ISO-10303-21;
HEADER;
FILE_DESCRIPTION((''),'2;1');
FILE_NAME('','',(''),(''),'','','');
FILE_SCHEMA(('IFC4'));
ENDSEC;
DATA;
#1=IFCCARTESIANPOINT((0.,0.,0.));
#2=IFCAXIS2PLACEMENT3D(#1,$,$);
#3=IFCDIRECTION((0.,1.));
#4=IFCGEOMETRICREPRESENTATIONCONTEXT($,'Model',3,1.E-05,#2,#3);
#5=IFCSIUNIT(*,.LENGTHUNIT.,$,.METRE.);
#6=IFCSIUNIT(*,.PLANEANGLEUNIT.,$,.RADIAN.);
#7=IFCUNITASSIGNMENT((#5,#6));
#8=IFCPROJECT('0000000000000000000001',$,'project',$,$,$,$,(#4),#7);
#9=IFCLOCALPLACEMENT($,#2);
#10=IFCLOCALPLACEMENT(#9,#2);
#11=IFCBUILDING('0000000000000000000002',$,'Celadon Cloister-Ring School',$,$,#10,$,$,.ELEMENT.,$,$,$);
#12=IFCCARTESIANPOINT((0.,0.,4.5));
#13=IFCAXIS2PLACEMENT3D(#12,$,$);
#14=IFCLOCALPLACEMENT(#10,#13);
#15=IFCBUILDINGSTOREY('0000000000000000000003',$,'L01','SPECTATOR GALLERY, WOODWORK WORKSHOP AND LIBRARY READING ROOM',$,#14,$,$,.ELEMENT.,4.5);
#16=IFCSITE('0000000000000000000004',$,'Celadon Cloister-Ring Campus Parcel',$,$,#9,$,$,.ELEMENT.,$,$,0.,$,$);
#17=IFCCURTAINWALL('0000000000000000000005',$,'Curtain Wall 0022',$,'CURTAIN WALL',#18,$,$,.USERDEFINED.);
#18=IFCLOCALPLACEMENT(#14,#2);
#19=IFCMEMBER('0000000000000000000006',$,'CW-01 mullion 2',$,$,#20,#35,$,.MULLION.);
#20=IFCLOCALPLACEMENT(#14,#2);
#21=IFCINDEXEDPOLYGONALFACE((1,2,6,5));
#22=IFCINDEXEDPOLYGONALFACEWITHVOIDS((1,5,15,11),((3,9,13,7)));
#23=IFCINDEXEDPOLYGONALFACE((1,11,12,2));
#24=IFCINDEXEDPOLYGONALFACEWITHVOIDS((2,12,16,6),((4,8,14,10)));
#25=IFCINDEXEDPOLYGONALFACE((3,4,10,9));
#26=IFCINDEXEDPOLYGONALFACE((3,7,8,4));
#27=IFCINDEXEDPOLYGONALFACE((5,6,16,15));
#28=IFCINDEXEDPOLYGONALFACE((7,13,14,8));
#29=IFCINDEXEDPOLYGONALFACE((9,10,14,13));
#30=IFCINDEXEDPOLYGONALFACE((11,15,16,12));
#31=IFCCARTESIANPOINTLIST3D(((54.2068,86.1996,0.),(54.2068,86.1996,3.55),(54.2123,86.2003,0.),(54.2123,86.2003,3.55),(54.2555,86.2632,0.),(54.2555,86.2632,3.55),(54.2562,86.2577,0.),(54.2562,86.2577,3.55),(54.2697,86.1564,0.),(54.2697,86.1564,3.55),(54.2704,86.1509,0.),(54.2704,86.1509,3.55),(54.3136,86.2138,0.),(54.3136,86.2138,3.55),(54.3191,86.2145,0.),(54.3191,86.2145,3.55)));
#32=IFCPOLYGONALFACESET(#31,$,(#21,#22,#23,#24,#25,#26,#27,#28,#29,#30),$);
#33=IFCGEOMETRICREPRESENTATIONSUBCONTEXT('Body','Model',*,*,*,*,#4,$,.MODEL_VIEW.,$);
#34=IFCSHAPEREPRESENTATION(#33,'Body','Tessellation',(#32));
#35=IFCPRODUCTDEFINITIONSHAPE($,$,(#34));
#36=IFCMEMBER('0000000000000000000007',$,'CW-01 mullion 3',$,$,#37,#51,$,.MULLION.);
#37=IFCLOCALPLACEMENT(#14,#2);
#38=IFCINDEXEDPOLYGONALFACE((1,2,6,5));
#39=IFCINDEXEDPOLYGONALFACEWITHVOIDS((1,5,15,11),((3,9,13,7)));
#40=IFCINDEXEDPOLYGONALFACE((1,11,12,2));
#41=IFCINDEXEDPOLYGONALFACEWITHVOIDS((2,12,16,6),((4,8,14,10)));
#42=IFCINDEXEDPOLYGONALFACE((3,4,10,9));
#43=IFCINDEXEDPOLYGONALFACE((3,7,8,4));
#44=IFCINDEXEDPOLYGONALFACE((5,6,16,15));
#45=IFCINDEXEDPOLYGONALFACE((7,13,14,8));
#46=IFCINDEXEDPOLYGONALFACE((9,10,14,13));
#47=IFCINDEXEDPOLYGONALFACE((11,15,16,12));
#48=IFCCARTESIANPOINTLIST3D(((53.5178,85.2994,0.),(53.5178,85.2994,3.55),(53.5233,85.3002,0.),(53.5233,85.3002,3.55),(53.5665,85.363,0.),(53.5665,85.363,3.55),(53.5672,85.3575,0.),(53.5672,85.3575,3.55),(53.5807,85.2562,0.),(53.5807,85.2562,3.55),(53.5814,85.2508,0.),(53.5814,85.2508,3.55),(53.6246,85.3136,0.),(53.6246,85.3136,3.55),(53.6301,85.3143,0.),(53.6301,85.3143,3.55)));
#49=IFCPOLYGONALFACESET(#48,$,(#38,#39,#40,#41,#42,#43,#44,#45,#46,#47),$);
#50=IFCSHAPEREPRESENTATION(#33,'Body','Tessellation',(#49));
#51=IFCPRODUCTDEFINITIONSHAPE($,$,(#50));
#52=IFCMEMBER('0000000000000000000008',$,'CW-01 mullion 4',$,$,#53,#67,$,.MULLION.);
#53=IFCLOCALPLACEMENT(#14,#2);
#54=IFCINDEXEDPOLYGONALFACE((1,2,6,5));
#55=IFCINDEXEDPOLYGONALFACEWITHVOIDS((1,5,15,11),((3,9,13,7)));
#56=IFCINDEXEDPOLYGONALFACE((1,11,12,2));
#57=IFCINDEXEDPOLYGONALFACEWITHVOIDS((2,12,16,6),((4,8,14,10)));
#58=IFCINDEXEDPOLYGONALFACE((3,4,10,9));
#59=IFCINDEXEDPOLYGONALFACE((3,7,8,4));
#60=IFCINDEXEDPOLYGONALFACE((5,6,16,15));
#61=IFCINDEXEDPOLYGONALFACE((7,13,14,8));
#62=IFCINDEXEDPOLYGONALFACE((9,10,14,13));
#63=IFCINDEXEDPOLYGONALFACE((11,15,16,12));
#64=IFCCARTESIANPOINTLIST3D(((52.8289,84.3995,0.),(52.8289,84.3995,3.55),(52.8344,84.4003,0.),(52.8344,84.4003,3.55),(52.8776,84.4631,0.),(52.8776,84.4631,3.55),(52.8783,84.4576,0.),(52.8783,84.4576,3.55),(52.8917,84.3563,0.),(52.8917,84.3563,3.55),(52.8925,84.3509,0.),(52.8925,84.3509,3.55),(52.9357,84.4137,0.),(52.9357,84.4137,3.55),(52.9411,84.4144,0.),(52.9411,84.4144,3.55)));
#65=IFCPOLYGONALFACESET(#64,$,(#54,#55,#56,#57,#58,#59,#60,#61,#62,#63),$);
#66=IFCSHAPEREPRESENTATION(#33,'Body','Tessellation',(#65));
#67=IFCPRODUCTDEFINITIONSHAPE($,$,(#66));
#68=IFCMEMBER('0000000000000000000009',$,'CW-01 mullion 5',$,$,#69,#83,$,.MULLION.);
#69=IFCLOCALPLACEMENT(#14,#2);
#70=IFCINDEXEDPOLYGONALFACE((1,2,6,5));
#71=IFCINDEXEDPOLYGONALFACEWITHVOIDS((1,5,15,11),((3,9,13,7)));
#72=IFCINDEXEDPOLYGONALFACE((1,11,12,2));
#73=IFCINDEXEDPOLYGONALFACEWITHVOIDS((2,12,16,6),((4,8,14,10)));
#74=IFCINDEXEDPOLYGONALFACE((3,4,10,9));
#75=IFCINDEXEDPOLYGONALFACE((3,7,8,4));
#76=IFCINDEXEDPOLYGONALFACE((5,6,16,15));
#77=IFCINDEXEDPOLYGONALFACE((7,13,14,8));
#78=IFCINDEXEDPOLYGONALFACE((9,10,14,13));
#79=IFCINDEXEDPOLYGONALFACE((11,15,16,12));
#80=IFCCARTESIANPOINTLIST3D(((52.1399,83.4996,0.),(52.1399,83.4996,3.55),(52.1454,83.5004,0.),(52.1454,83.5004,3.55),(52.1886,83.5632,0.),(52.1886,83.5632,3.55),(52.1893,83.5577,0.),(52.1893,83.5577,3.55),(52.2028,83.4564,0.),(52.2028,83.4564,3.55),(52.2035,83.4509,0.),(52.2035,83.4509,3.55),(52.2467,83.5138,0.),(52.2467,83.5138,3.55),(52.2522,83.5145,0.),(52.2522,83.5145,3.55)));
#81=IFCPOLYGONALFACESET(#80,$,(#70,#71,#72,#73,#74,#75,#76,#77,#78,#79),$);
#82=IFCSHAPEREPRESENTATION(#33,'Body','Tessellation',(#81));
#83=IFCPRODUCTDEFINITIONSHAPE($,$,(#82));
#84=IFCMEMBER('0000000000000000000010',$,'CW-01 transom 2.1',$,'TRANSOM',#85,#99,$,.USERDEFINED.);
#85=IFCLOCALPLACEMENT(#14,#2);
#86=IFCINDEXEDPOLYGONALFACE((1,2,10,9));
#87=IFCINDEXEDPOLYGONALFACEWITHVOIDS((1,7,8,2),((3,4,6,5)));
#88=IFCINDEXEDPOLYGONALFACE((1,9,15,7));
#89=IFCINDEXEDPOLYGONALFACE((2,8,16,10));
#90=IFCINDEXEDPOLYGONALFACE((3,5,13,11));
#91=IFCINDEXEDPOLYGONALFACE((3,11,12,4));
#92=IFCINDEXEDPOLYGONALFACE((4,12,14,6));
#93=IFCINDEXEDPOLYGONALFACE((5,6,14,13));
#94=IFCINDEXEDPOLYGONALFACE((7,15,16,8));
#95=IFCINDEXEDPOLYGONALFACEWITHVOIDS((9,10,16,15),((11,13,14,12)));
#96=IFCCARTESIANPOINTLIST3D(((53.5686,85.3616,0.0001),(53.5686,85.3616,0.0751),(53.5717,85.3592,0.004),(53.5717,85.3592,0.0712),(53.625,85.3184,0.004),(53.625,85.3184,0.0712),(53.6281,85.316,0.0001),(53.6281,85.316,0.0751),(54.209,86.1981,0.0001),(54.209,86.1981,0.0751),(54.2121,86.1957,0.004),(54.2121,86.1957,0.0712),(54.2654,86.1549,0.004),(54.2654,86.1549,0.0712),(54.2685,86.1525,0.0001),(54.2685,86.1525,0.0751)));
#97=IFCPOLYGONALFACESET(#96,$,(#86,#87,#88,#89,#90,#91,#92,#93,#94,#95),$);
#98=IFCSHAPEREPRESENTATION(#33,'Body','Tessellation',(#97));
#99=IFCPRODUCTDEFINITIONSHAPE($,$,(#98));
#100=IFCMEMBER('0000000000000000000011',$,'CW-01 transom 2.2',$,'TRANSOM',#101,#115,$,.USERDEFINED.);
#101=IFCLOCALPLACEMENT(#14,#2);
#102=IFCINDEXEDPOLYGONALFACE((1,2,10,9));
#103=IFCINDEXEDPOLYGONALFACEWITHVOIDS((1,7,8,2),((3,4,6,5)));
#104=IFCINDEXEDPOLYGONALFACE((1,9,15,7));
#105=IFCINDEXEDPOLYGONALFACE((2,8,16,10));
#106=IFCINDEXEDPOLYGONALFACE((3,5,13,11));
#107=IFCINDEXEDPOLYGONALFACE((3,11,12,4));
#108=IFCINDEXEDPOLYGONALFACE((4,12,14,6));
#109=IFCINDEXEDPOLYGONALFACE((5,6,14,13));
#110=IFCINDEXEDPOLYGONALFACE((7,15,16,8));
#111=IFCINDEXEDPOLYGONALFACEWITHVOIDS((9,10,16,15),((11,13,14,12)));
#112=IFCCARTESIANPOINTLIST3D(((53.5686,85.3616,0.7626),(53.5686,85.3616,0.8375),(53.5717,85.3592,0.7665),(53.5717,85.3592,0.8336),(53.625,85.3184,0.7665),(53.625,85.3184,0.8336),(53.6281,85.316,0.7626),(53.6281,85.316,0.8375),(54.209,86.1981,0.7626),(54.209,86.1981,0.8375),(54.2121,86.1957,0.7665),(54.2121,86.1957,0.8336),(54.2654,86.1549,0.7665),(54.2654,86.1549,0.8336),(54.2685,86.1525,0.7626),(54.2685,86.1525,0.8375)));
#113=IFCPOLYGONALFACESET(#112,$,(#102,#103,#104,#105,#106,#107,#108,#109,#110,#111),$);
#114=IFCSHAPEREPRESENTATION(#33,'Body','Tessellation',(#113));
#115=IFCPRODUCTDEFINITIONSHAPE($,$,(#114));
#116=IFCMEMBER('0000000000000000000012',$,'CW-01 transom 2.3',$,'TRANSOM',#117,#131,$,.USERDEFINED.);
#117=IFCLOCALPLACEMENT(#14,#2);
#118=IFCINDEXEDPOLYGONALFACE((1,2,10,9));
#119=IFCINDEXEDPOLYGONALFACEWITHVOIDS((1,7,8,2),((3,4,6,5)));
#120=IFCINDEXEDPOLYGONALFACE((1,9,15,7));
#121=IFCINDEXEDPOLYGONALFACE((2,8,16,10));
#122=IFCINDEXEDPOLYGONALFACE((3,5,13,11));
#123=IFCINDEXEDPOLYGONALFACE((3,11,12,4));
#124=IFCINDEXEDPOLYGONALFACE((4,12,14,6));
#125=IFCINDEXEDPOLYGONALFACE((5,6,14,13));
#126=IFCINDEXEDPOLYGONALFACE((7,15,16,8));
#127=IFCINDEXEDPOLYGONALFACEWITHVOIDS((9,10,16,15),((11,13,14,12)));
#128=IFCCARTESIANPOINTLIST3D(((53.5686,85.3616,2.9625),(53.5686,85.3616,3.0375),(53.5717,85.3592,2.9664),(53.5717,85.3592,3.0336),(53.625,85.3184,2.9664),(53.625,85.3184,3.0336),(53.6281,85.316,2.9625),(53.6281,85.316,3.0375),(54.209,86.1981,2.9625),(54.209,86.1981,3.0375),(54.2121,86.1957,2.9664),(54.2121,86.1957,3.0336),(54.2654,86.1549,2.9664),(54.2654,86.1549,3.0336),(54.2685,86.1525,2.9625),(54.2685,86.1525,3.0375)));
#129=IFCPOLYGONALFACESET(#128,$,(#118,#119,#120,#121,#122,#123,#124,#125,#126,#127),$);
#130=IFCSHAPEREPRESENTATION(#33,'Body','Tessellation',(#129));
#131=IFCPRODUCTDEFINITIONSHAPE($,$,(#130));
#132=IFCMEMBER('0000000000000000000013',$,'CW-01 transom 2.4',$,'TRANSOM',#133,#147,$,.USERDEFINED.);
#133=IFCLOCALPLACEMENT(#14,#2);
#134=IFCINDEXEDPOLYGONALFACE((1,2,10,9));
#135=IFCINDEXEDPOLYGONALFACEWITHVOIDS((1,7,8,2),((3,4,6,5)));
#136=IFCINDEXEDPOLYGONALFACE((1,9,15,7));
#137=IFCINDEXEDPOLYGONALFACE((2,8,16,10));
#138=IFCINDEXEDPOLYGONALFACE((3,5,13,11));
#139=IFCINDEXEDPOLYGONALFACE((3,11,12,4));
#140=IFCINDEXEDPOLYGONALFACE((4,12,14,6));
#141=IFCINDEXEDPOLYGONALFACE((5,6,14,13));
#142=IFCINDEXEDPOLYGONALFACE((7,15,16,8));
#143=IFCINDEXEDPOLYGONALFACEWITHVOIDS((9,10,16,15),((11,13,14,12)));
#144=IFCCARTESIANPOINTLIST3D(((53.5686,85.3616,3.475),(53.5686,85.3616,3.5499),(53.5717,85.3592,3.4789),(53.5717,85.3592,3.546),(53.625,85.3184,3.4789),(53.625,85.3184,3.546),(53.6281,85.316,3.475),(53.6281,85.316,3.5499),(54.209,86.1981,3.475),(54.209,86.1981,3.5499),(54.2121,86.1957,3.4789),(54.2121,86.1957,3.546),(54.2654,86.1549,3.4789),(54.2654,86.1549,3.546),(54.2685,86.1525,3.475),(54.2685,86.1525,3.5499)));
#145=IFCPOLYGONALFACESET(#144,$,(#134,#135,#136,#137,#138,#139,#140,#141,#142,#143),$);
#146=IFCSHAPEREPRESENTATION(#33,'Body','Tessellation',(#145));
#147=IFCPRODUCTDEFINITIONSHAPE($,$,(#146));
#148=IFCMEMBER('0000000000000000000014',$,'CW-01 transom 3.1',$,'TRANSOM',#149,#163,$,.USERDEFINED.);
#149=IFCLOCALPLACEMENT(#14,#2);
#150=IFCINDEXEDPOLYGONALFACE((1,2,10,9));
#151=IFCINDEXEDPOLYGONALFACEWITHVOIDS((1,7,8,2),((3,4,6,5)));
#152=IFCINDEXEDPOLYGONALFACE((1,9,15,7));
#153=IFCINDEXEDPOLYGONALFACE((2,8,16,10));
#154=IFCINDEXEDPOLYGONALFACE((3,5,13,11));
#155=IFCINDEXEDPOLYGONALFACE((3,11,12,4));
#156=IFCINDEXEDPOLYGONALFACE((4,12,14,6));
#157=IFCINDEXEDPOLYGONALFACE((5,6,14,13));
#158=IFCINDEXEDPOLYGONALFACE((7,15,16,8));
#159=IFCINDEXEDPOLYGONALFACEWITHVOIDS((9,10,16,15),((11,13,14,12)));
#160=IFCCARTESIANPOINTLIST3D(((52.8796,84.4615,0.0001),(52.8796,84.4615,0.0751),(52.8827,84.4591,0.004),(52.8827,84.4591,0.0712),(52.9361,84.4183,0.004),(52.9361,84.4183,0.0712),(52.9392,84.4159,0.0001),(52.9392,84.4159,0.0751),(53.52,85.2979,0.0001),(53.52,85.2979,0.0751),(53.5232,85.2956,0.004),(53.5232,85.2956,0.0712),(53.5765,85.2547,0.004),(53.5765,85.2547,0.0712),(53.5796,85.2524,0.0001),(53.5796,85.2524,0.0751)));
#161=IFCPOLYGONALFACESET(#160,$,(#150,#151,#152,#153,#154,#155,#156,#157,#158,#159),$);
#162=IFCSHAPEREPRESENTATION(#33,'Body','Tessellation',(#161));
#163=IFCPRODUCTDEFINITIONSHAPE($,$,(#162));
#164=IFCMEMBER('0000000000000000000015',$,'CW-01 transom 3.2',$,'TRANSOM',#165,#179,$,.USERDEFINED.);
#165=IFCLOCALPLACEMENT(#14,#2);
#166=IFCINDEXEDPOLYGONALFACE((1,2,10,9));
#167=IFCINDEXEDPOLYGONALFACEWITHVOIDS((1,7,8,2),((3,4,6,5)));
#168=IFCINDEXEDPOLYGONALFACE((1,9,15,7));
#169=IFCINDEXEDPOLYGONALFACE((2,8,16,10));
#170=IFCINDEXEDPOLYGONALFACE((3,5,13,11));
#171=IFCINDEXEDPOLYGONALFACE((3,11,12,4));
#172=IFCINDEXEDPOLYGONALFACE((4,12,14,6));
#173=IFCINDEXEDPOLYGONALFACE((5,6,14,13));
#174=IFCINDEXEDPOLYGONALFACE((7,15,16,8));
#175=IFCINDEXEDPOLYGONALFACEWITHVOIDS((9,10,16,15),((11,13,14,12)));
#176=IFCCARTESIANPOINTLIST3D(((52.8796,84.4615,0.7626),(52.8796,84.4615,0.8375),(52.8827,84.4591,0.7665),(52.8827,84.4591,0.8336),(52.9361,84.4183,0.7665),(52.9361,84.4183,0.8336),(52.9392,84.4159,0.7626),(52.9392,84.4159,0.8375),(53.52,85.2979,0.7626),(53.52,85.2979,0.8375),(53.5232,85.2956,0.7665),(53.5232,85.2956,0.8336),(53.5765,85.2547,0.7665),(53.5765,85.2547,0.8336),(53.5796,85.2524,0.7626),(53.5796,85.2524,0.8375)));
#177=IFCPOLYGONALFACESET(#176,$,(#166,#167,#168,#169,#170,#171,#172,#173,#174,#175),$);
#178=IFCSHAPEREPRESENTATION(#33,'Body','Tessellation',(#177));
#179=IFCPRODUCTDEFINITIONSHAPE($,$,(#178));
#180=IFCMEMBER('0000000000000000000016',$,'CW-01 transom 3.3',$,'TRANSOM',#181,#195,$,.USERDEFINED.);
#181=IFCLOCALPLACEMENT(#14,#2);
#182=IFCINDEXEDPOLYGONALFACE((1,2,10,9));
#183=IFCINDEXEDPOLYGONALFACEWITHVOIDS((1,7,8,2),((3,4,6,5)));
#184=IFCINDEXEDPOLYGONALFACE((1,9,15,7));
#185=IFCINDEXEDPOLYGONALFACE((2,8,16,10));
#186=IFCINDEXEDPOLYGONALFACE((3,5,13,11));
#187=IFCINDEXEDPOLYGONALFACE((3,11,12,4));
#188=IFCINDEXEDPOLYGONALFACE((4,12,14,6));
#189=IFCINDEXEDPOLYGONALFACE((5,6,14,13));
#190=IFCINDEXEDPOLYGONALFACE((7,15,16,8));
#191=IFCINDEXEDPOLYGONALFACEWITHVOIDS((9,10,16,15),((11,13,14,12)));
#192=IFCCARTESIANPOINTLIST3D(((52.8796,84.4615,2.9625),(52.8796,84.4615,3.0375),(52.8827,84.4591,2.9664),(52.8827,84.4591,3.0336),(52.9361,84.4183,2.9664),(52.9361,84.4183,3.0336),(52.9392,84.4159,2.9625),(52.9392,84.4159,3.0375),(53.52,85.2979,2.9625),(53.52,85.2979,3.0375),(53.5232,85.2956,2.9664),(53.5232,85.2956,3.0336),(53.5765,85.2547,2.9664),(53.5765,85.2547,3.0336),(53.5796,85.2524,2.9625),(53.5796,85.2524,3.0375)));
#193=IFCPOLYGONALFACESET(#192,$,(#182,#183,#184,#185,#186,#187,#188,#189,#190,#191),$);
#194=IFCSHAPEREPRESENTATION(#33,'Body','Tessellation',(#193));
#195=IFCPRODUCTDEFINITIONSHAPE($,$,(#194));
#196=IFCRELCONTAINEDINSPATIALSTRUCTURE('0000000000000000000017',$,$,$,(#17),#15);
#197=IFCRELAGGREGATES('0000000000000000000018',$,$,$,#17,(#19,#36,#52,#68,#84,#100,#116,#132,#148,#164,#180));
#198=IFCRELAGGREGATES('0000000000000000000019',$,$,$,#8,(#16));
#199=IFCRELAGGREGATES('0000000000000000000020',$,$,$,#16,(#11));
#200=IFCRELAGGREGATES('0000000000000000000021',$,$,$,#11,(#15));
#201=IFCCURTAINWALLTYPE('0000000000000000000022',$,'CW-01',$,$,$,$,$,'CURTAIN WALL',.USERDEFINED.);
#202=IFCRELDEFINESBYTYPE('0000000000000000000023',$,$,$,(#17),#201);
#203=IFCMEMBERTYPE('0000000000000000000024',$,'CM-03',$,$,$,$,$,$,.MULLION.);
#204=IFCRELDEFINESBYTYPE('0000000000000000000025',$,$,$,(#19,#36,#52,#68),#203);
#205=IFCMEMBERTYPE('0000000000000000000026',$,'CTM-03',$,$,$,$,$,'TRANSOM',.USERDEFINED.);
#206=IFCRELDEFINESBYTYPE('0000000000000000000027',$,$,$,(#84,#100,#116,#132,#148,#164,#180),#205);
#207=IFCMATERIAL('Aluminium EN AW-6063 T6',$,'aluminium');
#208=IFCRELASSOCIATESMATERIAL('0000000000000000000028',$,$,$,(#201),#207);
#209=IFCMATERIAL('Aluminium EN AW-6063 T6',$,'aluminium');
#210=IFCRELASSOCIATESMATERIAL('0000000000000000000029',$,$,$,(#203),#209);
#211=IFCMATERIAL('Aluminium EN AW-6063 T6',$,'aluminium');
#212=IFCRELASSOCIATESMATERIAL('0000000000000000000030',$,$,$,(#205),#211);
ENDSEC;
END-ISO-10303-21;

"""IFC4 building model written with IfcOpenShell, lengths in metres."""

from ifc_helpers import new_model, si_unit, direction, frame, origin, origin_2d, place, context, subcontext, project, spatial, hollow_rectangle, extrude, material, material_profile, profile_set, type_object, element, aggregate, save


model = new_model("IFC4")

# Units and contexts
model_context = context("Model", 3, precision=1e-05, world=origin(), true_north=direction((0.0, 1.0)))
body_context = subcontext(model_context, "Body", "Model", "MODEL_VIEW")
ifc_project = project(units=[si_unit("LENGTHUNIT", "METRE"), si_unit("PLANEANGLEUNIT", "RADIAN")], contexts=[model_context])

# Site, building, storey
site_placement = place(None, origin())
site = spatial("IfcSite", under=ifc_project, at=site_placement, Name="Celadon Cloister-Ring Campus Parcel", CompositionType="ELEMENT", RefElevation=0.0)
building_placement = place(site_placement, origin())
building = spatial("IfcBuilding", under=site, at=building_placement, Name="Celadon Cloister-Ring School", CompositionType="ELEMENT")
storey_placement = place(building_placement, frame((0.0, 0.0, 4.5)))
storey = spatial("IfcBuildingStorey", under=building, at=storey_placement, Name="L01", Description="SPECTATOR GALLERY, WOODWORK WORKSHOP AND LIBRARY READING ROOM", CompositionType="ELEMENT", Elevation=4.5)

# Curtain wall, members
ifc_material_1 = material(Name="Aluminium EN AW-6063 T6", Category="aluminium")
curtain_wall_type = type_object("IfcCurtainWallType", Name="CW-01", ElementType="CURTAIN WALL", PredefinedType="USERDEFINED", material=ifc_material_1)
curtain_wall_placement = place(storey_placement, origin())
curtain_wall = element("IfcCurtainWall", 1, at=curtain_wall_placement, inside=storey, type_object=curtain_wall_type, Name="Curtain Wall 0022", ObjectType="CURTAIN WALL", PredefinedType="USERDEFINED")
ifc_material_2 = material(Name="Aluminium EN AW-6063 T6", Category="aluminium")
ifc_material_profile_1 = material_profile(ifc_material_2, hollow_rectangle(XDim=0.0801, YDim=0.0801, WallThickness=0.0039, at=origin_2d()), Name="RHS80X80X4")
ifc_profile_set_1 = profile_set([ifc_material_profile_1], Name="Aluminium EN AW-6063 T6")
member_type_1 = type_object("IfcMemberType", Name="CM-03", PredefinedType="MULLION", material=ifc_profile_set_1)
member_1_placement = place(storey_placement, frame((54.2629, 86.207, 0.0), z_axis=(0.0, 0.0, 1.0), x_axis=(0.794032, -0.607876, 0.0)))
member_1 = element("IfcMember", 2, at=member_1_placement, type_object=member_type_1, Name="CW-01 mullion 2", PredefinedType="MULLION", context=body_context, shape_type="SweptSolid", body=[
    extrude(hollow_rectangle(XDim=0.0801, YDim=0.0801, WallThickness=0.0039, at=origin_2d()), origin(), (0.0, 0.0, 1.0), 3.55),
])
member_2_placement = place(storey_placement, frame((53.574, 85.3069, 0.0), z_axis=(0.0, 0.0, 1.0), x_axis=(0.794032, -0.607876, 0.0)))
member_2 = element("IfcMember", 3, at=member_2_placement, type_object=member_type_1, Name="CW-01 mullion 3", PredefinedType="MULLION", context=body_context, shape_type="SweptSolid", body=[
    extrude(hollow_rectangle(XDim=0.0801, YDim=0.0801, WallThickness=0.0039, at=origin_2d()), origin(), (0.0, 0.0, 1.0), 3.55),
])
member_3_placement = place(storey_placement, frame((52.885, 84.407, 0.0), z_axis=(0.0, 0.0, 1.0), x_axis=(0.794032, -0.607876, 0.0)))
member_3 = element("IfcMember", 4, at=member_3_placement, type_object=member_type_1, Name="CW-01 mullion 4", PredefinedType="MULLION", context=body_context, shape_type="SweptSolid", body=[
    extrude(hollow_rectangle(XDim=0.0801, YDim=0.0801, WallThickness=0.0039, at=origin_2d()), origin(), (0.0, 0.0, 1.0), 3.55),
])
member_4_placement = place(storey_placement, frame((52.196, 83.5071, 0.0), z_axis=(0.0, 0.0, 1.0), x_axis=(0.794032, -0.607876, 0.0)))
member_4 = element("IfcMember", 5, at=member_4_placement, type_object=member_type_1, Name="CW-01 mullion 5", PredefinedType="MULLION", context=body_context, shape_type="SweptSolid", body=[
    extrude(hollow_rectangle(XDim=0.0801, YDim=0.0801, WallThickness=0.0039, at=origin_2d()), origin(), (0.0, 0.0, 1.0), 3.55),
])
ifc_material_3 = material(Name="Aluminium EN AW-6063 T6", Category="aluminium")
ifc_material_profile_2 = material_profile(ifc_material_3, hollow_rectangle(XDim=0.075, YDim=0.075, WallThickness=0.0039, at=origin_2d()), Name="RHS75X75X4")
ifc_profile_set_2 = profile_set([ifc_material_profile_2], Name="Aluminium EN AW-6063 T6")
member_type_2 = type_object("IfcMemberType", Name="CTM-03", ElementType="TRANSOM", PredefinedType="USERDEFINED", material=ifc_profile_set_2)
member_5_placement = place(storey_placement, frame((54.2388, 86.1753, 0.0376), z_axis=(-0.607906, -0.794009, 0.0), x_axis=(0.794009, -0.607906, 0.0)))
member_5 = element("IfcMember", 6, at=member_5_placement, type_object=member_type_2, Name="CW-01 transom 2.1", ObjectType="TRANSOM", PredefinedType="USERDEFINED", context=body_context, shape_type="SweptSolid", body=[
    extrude(hollow_rectangle(XDim=0.075, YDim=0.075, WallThickness=0.0039, at=origin_2d()), origin(), (0.0, 0.0, 1.0), 1.0535),
])
member_6_placement = place(storey_placement, frame((54.2388, 86.1753, 0.8), z_axis=(-0.607906, -0.794009, 0.0), x_axis=(0.794009, -0.607906, 0.0)))
member_6 = element("IfcMember", 7, at=member_6_placement, type_object=member_type_2, Name="CW-01 transom 2.2", ObjectType="TRANSOM", PredefinedType="USERDEFINED", context=body_context, shape_type="SweptSolid", body=[
    extrude(hollow_rectangle(XDim=0.075, YDim=0.075, WallThickness=0.0039, at=origin_2d()), origin(), (0.0, 0.0, 1.0), 1.0535),
])
member_7_placement = place(storey_placement, frame((54.2388, 86.1753, 3.0), z_axis=(-0.607906, -0.794009, 0.0), x_axis=(0.794009, -0.607906, 0.0)))
member_7 = element("IfcMember", 8, at=member_7_placement, type_object=member_type_2, Name="CW-01 transom 2.3", ObjectType="TRANSOM", PredefinedType="USERDEFINED", context=body_context, shape_type="SweptSolid", body=[
    extrude(hollow_rectangle(XDim=0.075, YDim=0.075, WallThickness=0.0039, at=origin_2d()), origin(), (0.0, 0.0, 1.0), 1.0535),
])
member_8_placement = place(storey_placement, frame((54.2388, 86.1753, 3.5125), z_axis=(-0.607906, -0.794009, 0.0), x_axis=(0.794009, -0.607906, 0.0)))
member_8 = element("IfcMember", 9, at=member_8_placement, type_object=member_type_2, Name="CW-01 transom 2.4", ObjectType="TRANSOM", PredefinedType="USERDEFINED", context=body_context, shape_type="SweptSolid", body=[
    extrude(hollow_rectangle(XDim=0.075, YDim=0.075, WallThickness=0.0039, at=origin_2d()), origin(), (0.0, 0.0, 1.0), 1.0535),
])
member_9_placement = place(storey_placement, frame((53.5498, 85.2751, 0.0376), z_axis=(-0.607906, -0.794009, 0.0), x_axis=(0.794009, -0.607906, 0.0)))
member_9 = element("IfcMember", 10, at=member_9_placement, type_object=member_type_2, Name="CW-01 transom 3.1", ObjectType="TRANSOM", PredefinedType="USERDEFINED", context=body_context, shape_type="SweptSolid", body=[
    extrude(hollow_rectangle(XDim=0.075, YDim=0.075, WallThickness=0.0039, at=origin_2d()), origin(), (0.0, 0.0, 1.0), 1.0535),
])
member_10_placement = place(storey_placement, frame((53.5498, 85.2751, 0.8), z_axis=(-0.607906, -0.794009, 0.0), x_axis=(0.794009, -0.607906, 0.0)))
member_10 = element("IfcMember", 11, at=member_10_placement, type_object=member_type_2, Name="CW-01 transom 3.2", ObjectType="TRANSOM", PredefinedType="USERDEFINED", context=body_context, shape_type="SweptSolid", body=[
    extrude(hollow_rectangle(XDim=0.075, YDim=0.075, WallThickness=0.0039, at=origin_2d()), origin(), (0.0, 0.0, 1.0), 1.0535),
])
member_11_placement = place(storey_placement, frame((53.5498, 85.2751, 3.0), z_axis=(-0.607906, -0.794009, 0.0), x_axis=(0.794009, -0.607906, 0.0)))
member_11 = element("IfcMember", 12, at=member_11_placement, type_object=member_type_2, Name="CW-01 transom 3.3", ObjectType="TRANSOM", PredefinedType="USERDEFINED", context=body_context, shape_type="SweptSolid", body=[
    extrude(hollow_rectangle(XDim=0.075, YDim=0.075, WallThickness=0.0039, at=origin_2d()), origin(), (0.0, 0.0, 1.0), 1.0535),
])
aggregate(curtain_wall, [member_1, member_2, member_3, member_4, member_5, member_6, member_7, member_8, member_9, member_10, member_11])

save(model, "model.ifc")
